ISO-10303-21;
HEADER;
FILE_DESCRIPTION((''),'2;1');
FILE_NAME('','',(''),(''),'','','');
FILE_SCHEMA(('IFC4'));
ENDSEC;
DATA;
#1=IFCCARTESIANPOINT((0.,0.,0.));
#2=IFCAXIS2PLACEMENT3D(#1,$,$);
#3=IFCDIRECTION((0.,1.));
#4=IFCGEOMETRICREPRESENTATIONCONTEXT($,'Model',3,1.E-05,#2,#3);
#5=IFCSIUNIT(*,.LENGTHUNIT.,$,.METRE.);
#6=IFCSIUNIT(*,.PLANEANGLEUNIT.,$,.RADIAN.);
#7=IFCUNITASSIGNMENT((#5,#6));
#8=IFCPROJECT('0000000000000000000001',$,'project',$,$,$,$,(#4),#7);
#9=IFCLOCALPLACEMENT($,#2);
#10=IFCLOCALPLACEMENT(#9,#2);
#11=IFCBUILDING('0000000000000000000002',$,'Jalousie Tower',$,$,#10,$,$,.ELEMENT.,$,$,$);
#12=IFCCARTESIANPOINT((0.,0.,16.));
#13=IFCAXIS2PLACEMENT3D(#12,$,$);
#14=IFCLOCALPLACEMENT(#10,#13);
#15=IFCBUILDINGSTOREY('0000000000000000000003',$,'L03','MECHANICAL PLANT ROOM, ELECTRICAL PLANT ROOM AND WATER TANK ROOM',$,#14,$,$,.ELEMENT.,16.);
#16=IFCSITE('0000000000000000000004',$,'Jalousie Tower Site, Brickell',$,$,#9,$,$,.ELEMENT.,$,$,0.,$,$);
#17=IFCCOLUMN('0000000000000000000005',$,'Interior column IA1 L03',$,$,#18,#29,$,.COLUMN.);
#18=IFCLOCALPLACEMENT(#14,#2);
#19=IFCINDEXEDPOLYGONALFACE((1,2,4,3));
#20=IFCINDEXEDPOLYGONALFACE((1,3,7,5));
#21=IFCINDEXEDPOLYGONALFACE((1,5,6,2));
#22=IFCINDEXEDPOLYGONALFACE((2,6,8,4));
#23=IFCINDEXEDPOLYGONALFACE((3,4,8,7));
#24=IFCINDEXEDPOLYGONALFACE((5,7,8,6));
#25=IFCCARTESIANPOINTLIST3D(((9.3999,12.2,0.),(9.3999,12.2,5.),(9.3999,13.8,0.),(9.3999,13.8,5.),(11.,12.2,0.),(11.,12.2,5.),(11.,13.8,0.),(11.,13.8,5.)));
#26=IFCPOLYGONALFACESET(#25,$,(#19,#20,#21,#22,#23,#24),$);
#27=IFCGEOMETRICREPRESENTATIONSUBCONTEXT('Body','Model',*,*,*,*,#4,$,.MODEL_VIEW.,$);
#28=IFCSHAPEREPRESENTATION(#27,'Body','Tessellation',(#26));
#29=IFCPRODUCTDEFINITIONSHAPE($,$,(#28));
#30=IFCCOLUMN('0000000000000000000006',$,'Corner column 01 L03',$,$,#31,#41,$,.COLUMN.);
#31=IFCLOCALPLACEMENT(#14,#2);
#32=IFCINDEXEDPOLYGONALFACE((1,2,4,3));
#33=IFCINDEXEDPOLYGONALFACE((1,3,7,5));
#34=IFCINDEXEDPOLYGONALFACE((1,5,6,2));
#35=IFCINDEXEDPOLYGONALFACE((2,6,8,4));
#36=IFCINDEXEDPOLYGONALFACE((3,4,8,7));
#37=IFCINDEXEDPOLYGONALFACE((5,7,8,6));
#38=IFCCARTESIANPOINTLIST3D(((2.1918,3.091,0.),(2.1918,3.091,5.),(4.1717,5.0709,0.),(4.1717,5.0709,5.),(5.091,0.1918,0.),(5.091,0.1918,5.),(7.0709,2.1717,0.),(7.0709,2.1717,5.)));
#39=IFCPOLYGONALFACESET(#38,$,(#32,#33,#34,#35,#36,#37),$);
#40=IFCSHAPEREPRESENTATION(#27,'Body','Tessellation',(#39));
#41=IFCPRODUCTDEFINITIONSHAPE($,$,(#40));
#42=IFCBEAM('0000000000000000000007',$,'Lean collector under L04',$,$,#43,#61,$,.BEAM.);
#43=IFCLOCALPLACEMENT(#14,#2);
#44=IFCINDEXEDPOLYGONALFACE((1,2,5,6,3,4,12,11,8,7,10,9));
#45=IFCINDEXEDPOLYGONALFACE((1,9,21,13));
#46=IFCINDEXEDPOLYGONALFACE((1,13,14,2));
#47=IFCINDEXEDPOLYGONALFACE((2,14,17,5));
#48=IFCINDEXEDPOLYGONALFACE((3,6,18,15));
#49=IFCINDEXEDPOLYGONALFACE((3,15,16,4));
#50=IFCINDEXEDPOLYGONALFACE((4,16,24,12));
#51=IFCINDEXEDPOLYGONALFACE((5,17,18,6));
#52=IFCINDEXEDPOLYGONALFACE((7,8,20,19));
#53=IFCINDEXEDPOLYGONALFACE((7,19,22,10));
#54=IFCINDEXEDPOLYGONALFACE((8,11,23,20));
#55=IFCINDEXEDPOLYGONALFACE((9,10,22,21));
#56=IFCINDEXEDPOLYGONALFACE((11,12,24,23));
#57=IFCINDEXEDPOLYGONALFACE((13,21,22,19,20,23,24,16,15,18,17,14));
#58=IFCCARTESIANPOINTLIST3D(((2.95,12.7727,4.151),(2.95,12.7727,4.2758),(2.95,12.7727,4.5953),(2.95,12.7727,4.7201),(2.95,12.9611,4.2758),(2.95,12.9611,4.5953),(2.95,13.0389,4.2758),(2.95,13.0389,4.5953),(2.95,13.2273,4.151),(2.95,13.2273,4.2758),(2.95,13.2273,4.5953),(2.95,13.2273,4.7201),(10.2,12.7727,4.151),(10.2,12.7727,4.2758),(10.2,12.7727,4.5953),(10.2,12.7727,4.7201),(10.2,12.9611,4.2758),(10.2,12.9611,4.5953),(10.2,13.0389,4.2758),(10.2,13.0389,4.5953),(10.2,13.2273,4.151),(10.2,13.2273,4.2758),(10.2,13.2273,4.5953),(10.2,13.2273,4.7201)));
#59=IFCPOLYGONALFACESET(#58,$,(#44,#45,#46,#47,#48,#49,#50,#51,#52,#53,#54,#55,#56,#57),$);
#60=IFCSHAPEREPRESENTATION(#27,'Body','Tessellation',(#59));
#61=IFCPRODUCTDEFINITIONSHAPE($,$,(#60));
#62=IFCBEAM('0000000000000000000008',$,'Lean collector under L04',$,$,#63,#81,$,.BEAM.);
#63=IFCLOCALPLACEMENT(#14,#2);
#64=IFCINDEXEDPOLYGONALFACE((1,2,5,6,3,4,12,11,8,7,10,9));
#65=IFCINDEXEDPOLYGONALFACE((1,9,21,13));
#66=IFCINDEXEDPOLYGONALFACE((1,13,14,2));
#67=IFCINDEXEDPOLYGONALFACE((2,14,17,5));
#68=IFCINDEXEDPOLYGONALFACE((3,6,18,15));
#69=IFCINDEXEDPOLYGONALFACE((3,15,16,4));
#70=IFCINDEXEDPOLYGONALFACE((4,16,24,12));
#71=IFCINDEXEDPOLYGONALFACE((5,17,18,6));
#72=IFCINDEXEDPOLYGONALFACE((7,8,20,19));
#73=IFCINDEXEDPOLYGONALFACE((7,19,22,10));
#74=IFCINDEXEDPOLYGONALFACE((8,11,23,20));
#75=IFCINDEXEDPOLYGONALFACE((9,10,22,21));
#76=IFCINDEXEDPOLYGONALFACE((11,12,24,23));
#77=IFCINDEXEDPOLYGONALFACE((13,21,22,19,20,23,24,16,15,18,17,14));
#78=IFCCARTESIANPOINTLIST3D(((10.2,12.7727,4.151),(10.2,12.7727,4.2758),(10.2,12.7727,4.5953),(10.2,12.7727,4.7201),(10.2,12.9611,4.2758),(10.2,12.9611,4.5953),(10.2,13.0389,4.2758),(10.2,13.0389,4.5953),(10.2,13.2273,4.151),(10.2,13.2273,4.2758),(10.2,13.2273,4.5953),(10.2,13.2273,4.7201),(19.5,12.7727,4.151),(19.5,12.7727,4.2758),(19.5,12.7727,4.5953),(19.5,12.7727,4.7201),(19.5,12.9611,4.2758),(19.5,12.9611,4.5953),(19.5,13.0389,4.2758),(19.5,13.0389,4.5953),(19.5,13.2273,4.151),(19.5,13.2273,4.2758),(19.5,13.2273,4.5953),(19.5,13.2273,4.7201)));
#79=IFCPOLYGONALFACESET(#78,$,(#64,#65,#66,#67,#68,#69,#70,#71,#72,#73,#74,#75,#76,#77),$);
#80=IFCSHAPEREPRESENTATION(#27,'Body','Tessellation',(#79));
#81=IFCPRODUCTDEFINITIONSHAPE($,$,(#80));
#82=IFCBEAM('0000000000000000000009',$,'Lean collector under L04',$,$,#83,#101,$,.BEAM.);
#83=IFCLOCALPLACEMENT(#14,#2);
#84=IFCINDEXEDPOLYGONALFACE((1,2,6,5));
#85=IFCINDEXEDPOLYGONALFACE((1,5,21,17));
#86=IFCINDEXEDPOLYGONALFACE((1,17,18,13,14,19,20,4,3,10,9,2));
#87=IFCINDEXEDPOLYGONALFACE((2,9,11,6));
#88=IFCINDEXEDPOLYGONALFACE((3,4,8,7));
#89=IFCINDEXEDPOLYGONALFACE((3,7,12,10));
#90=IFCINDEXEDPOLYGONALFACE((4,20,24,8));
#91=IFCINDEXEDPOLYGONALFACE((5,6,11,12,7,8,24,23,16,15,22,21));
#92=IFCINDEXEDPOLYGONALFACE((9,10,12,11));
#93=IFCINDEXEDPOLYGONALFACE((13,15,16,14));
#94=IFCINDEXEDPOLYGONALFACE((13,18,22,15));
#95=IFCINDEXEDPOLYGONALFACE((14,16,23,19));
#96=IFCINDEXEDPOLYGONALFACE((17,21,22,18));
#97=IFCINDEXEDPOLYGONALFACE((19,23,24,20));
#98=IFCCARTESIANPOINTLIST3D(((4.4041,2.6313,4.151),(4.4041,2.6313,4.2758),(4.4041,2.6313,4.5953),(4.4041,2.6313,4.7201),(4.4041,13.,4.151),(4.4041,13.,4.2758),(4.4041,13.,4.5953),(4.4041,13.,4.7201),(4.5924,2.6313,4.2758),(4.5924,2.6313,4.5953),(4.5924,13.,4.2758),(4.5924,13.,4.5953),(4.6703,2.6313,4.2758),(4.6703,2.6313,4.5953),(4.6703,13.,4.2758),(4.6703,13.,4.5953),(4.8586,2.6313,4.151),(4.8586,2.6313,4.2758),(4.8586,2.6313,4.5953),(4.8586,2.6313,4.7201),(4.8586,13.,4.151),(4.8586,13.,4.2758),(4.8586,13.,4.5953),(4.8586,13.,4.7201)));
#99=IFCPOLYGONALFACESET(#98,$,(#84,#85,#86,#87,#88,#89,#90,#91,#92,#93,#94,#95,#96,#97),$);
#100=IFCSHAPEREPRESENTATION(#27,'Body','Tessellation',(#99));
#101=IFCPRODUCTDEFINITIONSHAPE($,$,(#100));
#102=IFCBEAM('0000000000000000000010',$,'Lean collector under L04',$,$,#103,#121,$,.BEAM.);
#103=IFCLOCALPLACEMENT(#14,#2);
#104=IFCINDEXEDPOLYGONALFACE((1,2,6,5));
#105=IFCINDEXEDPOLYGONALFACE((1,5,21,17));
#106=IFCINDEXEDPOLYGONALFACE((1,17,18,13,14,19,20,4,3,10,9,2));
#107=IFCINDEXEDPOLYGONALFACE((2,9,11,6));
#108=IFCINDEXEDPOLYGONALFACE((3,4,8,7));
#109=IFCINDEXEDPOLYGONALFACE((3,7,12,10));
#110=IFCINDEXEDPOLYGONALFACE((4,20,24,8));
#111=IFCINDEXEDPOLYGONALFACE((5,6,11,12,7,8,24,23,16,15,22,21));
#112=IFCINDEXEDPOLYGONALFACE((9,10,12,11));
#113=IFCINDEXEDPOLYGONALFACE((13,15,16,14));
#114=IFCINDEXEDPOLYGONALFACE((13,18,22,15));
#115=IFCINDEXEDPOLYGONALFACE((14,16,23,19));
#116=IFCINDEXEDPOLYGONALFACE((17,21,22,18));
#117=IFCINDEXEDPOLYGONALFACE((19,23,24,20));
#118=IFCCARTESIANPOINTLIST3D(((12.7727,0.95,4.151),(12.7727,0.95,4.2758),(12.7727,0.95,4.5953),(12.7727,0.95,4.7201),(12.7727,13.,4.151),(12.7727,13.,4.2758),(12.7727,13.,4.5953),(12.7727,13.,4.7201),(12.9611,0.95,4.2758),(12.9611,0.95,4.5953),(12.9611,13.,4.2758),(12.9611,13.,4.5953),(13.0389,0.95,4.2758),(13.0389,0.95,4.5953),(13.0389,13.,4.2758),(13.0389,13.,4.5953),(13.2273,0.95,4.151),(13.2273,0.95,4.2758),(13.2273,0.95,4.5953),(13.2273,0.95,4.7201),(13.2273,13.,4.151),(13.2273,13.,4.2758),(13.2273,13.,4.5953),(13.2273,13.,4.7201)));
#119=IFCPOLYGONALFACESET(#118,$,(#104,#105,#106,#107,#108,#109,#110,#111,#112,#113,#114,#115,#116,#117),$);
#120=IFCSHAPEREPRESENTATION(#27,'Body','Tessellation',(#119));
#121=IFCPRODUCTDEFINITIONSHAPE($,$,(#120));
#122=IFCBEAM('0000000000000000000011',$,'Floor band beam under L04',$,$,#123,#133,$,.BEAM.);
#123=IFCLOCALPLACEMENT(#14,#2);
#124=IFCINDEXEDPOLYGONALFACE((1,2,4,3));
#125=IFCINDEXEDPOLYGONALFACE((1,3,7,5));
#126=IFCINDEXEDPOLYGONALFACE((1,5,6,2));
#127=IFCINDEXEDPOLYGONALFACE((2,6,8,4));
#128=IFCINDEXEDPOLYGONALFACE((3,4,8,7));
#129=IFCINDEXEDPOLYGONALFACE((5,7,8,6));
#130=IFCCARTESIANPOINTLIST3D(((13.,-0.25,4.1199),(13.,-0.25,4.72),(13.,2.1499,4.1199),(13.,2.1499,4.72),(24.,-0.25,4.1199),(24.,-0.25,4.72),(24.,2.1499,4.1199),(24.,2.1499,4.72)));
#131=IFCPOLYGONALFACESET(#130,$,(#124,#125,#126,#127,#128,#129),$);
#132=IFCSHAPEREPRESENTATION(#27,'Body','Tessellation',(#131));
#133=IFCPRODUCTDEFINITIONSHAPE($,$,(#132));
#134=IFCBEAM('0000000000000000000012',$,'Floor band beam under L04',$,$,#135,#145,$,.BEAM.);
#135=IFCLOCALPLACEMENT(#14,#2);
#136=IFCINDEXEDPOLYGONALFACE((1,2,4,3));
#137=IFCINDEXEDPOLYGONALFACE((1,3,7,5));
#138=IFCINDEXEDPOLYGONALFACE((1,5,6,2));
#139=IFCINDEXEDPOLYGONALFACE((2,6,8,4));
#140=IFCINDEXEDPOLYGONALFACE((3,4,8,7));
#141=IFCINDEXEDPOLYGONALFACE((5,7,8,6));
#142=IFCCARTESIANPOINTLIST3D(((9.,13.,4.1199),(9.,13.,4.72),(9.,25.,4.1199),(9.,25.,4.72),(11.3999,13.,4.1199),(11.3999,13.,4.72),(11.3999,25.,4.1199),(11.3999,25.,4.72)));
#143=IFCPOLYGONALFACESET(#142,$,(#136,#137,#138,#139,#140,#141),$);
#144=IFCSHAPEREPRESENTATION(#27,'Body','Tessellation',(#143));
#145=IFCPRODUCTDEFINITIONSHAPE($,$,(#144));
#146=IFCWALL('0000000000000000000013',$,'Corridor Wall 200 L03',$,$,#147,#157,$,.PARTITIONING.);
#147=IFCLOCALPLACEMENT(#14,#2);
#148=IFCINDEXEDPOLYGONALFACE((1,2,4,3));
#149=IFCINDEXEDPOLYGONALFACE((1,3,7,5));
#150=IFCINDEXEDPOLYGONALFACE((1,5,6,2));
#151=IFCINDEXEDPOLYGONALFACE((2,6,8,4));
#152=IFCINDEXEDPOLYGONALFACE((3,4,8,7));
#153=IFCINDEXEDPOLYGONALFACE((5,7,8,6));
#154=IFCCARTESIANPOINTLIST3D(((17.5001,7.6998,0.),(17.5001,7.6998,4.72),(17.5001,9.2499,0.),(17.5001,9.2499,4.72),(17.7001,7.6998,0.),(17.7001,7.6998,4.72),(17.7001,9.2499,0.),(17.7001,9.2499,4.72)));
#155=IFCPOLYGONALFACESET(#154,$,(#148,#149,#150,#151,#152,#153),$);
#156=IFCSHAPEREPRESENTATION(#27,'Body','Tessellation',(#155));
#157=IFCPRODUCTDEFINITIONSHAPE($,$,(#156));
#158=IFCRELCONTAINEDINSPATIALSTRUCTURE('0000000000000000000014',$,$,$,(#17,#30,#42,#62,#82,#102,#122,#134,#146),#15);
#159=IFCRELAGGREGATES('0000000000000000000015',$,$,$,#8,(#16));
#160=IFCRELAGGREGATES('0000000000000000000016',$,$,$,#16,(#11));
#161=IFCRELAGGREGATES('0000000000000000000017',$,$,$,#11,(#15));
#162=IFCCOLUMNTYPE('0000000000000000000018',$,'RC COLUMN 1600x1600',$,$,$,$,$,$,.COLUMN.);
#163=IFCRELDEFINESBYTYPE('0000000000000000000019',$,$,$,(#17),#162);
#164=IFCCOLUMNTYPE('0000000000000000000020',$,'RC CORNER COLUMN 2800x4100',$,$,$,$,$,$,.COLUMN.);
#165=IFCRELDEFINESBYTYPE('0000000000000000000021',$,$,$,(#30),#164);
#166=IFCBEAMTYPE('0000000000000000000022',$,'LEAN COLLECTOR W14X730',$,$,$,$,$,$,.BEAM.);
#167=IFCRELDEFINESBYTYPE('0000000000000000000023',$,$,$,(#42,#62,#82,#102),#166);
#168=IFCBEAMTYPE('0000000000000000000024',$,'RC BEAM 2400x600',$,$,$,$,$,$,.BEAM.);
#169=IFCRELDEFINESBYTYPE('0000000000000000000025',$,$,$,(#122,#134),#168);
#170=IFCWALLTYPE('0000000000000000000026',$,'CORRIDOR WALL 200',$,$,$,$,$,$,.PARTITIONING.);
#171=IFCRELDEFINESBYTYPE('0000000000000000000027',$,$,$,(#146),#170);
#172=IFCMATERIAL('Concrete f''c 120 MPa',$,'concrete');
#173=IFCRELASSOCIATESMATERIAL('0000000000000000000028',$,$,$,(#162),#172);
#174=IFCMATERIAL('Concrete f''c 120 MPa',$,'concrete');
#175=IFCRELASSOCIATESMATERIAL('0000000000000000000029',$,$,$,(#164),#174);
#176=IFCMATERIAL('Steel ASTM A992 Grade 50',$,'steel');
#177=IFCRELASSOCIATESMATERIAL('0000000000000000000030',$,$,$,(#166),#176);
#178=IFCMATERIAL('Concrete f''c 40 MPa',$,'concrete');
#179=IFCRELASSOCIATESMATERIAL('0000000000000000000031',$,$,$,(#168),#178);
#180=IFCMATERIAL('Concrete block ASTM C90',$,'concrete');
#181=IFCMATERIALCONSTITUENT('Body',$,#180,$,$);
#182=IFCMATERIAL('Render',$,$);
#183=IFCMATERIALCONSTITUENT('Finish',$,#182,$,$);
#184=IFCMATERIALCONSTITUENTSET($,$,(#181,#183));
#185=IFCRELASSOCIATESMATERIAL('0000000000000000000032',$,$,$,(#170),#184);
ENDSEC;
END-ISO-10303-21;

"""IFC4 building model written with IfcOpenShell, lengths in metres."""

from ifc_helpers import new_model, si_unit, direction, frame, frame_2d, origin, origin_2d, place, context, subcontext, project, spatial, rectangle, i_section, extrude, material, constituent, constituent_set, material_profile, profile_set, type_object, element, save


model = new_model("IFC4")

# Units and contexts
model_context = context("Model", 3, precision=1e-05, world=origin(), true_north=direction((0.0, 1.0)))
body_context = subcontext(model_context, "Body", "Model", "MODEL_VIEW")
ifc_project = project(units=[si_unit("LENGTHUNIT", "METRE"), si_unit("PLANEANGLEUNIT", "RADIAN")], contexts=[model_context])

# Site, building, storey
site_placement = place(None, origin())
site = spatial("IfcSite", under=ifc_project, at=site_placement, Name="Jalousie Tower Site, Brickell", CompositionType="ELEMENT", RefElevation=0.0)
building_placement = place(site_placement, origin())
building = spatial("IfcBuilding", under=site, at=building_placement, Name="Jalousie Tower", CompositionType="ELEMENT")
storey_placement = place(building_placement, frame((0.0, 0.0, 16.0)))
storey = spatial("IfcBuildingStorey", under=building, at=storey_placement, Name="L03", Description="MECHANICAL PLANT ROOM, ELECTRICAL PLANT ROOM AND WATER TANK ROOM", CompositionType="ELEMENT", Elevation=16.0)

# Columns
ifc_material_1 = material(Name="Concrete f'c 120 MPa", Category="concrete")
ifc_material_profile_1 = material_profile(ifc_material_1, rectangle(XDim=1.6001, YDim=1.6001, at=origin_2d()), Name="RC 1600x1600")
ifc_profile_set_1 = profile_set([ifc_material_profile_1], Name="Concrete f'c 120 MPa")
column_type_1 = type_object("IfcColumnType", Name="RC COLUMN 1600x1600", PredefinedType="COLUMN", material=ifc_profile_set_1)
column_1_placement = place(storey_placement, frame((10.2, 13.0, 0.0), z_axis=(0.0, 0.0, 1.0), x_axis=(1.0, 0.0, 0.0)))
element("IfcColumn", 1, at=column_1_placement, inside=storey, type_object=column_type_1, Name="Interior column IA1 L03", PredefinedType="COLUMN", context=body_context, shape_type="SweptSolid", body=[
    extrude(rectangle(XDim=1.6001, YDim=1.6001, at=origin_2d()), origin(), (0.0, 0.0, 1.0), 5.0),
])
ifc_material_2 = material(Name="Concrete f'c 120 MPa", Category="concrete")
ifc_material_profile_2 = material_profile(ifc_material_2, rectangle(XDim=2.8, YDim=4.1001, at=origin_2d()), Name="RC 2800x4100")
ifc_profile_set_2 = profile_set([ifc_material_profile_2], Name="Concrete f'c 120 MPa")
column_type_2 = type_object("IfcColumnType", Name="RC CORNER COLUMN 2800x4100", PredefinedType="COLUMN", material=ifc_profile_set_2)
column_2_placement = place(storey_placement, frame((4.6313, 2.6313, 0.0), z_axis=(0.0, 0.0, 1.0), x_axis=(0.707107, 0.707107, 0.0)))
element("IfcColumn", 2, at=column_2_placement, inside=storey, type_object=column_type_2, Name="Corner column 01 L03", PredefinedType="COLUMN", context=body_context, shape_type="SweptSolid", body=[
    extrude(rectangle(XDim=2.8, YDim=4.1001, at=origin_2d()), origin(), (0.0, 0.0, 1.0), 5.0),
])

# Beams
ifc_material_3 = material(Name="Steel ASTM A992 Grade 50", Category="steel")
ifc_material_profile_3 = material_profile(ifc_material_3, i_section(OverallWidth=0.4546, OverallDepth=0.5691, WebThickness=0.0779, FlangeThickness=0.1248, at=origin_2d()), Name="W14X730")
ifc_profile_set_3 = profile_set([ifc_material_profile_3], Name="Steel ASTM A992 Grade 50")
beam_type_1 = type_object("IfcBeamType", Name="LEAN COLLECTOR W14X730", PredefinedType="BEAM", material=ifc_profile_set_3)
beam_1_placement = place(storey_placement, frame((2.95, 13.0, 4.4355), z_axis=(1.0, 0.0, 0.0), x_axis=(0.0, 1.0, 0.0)))
element("IfcBeam", 3, at=beam_1_placement, inside=storey, type_object=beam_type_1, Name="Lean collector under L04", PredefinedType="BEAM", context=body_context, shape_type="SweptSolid", body=[
    extrude(i_section(OverallWidth=0.4546, OverallDepth=0.5691, WebThickness=0.0779, FlangeThickness=0.1248, at=origin_2d()), origin(), (0.0, 0.0, 1.0), 7.25),
])
beam_2_placement = place(storey_placement, frame((10.2, 13.0, 4.4355), z_axis=(1.0, 0.0, 0.0), x_axis=(0.0, 1.0, 0.0)))
element("IfcBeam", 4, at=beam_2_placement, inside=storey, type_object=beam_type_1, Name="Lean collector under L04", PredefinedType="BEAM", context=body_context, shape_type="SweptSolid", body=[
    extrude(i_section(OverallWidth=0.4546, OverallDepth=0.5691, WebThickness=0.0779, FlangeThickness=0.1248, at=origin_2d()), origin(), (0.0, 0.0, 1.0), 9.3),
])
beam_3_placement = place(storey_placement, frame((4.6313, 2.6313, 4.4355), z_axis=(0.0, 1.0, 0.0), x_axis=(-1.0, 0.0, 0.0)))
element("IfcBeam", 5, at=beam_3_placement, inside=storey, type_object=beam_type_1, Name="Lean collector under L04", PredefinedType="BEAM", context=body_context, shape_type="SweptSolid", body=[
    extrude(i_section(OverallWidth=0.4546, OverallDepth=0.5691, WebThickness=0.0779, FlangeThickness=0.1248, at=origin_2d()), origin(), (0.0, 0.0, 1.0), 10.3687),
])
beam_4_placement = place(storey_placement, frame((13.0, 0.95, 4.4355), z_axis=(0.0, 1.0, 0.0), x_axis=(-1.0, 0.0, 0.0)))
element("IfcBeam", 6, at=beam_4_placement, inside=storey, type_object=beam_type_1, Name="Lean collector under L04", PredefinedType="BEAM", context=body_context, shape_type="SweptSolid", body=[
    extrude(i_section(OverallWidth=0.4546, OverallDepth=0.5691, WebThickness=0.0779, FlangeThickness=0.1248, at=origin_2d()), origin(), (0.0, 0.0, 1.0), 12.05),
])
ifc_material_4 = material(Name="Concrete f'c 40 MPa", Category="concrete")
ifc_material_profile_4 = material_profile(ifc_material_4, rectangle(XDim=2.3999, YDim=0.6001, at=origin_2d()), Name="RC 2400x600")
ifc_profile_set_4 = profile_set([ifc_material_profile_4], Name="Concrete f'c 40 MPa")
beam_type_2 = type_object("IfcBeamType", Name="RC BEAM 2400x600", PredefinedType="BEAM", material=ifc_profile_set_4)
beam_5_placement = place(storey_placement, frame((13.0, 0.95, 4.4199), z_axis=(1.0, 0.0, 0.0), x_axis=(0.0, 1.0, 0.0)))
element("IfcBeam", 7, at=beam_5_placement, inside=storey, type_object=beam_type_2, Name="Floor band beam under L04", PredefinedType="BEAM", context=body_context, shape_type="SweptSolid", body=[
    extrude(rectangle(XDim=2.3999, YDim=0.6001, at=origin_2d()), origin(), (0.0, 0.0, 1.0), 11.0),
])
beam_6_placement = place(storey_placement, frame((10.2, 13.0, 4.4199), z_axis=(0.0, 1.0, 0.0), x_axis=(-1.0, 0.0, 0.0)))
element("IfcBeam", 8, at=beam_6_placement, inside=storey, type_object=beam_type_2, Name="Floor band beam under L04", PredefinedType="BEAM", context=body_context, shape_type="SweptSolid", body=[
    extrude(rectangle(XDim=2.3999, YDim=0.6001, at=origin_2d()), origin(), (0.0, 0.0, 1.0), 12.0),
])

# Wall
ifc_material_5 = material(Name="Concrete block ASTM C90", Category="concrete")
ifc_constituent_1 = constituent(ifc_material_5, Name="Body")
ifc_material_6 = material(Name="Render")
ifc_constituent_2 = constituent(ifc_material_6, Name="Finish")
ifc_constituent_set = constituent_set(constituents=[ifc_constituent_1, ifc_constituent_2])
wall_type_1 = type_object("IfcWallType", Name="CORRIDOR WALL 200", PredefinedType="PARTITIONING", material=ifc_constituent_set)
wall_1_placement = place(storey_placement, frame((17.6001, 7.7, 0.0), z_axis=(0.0, 0.0, 1.0), x_axis=(0.0, 1.0, 0.0)))
element("IfcWall", 9, at=wall_1_placement, inside=storey, type_object=wall_type_1, Name="Corridor Wall 200 L03", PredefinedType="PARTITIONING", context=body_context, shape_type="SweptSolid", body=[
    extrude(rectangle(XDim=1.55, YDim=0.2, at=frame_2d((0.7749, 0.0))), origin(), (0.0, 0.0, 1.0), 4.72),
])

save(model, "model.ifc")
